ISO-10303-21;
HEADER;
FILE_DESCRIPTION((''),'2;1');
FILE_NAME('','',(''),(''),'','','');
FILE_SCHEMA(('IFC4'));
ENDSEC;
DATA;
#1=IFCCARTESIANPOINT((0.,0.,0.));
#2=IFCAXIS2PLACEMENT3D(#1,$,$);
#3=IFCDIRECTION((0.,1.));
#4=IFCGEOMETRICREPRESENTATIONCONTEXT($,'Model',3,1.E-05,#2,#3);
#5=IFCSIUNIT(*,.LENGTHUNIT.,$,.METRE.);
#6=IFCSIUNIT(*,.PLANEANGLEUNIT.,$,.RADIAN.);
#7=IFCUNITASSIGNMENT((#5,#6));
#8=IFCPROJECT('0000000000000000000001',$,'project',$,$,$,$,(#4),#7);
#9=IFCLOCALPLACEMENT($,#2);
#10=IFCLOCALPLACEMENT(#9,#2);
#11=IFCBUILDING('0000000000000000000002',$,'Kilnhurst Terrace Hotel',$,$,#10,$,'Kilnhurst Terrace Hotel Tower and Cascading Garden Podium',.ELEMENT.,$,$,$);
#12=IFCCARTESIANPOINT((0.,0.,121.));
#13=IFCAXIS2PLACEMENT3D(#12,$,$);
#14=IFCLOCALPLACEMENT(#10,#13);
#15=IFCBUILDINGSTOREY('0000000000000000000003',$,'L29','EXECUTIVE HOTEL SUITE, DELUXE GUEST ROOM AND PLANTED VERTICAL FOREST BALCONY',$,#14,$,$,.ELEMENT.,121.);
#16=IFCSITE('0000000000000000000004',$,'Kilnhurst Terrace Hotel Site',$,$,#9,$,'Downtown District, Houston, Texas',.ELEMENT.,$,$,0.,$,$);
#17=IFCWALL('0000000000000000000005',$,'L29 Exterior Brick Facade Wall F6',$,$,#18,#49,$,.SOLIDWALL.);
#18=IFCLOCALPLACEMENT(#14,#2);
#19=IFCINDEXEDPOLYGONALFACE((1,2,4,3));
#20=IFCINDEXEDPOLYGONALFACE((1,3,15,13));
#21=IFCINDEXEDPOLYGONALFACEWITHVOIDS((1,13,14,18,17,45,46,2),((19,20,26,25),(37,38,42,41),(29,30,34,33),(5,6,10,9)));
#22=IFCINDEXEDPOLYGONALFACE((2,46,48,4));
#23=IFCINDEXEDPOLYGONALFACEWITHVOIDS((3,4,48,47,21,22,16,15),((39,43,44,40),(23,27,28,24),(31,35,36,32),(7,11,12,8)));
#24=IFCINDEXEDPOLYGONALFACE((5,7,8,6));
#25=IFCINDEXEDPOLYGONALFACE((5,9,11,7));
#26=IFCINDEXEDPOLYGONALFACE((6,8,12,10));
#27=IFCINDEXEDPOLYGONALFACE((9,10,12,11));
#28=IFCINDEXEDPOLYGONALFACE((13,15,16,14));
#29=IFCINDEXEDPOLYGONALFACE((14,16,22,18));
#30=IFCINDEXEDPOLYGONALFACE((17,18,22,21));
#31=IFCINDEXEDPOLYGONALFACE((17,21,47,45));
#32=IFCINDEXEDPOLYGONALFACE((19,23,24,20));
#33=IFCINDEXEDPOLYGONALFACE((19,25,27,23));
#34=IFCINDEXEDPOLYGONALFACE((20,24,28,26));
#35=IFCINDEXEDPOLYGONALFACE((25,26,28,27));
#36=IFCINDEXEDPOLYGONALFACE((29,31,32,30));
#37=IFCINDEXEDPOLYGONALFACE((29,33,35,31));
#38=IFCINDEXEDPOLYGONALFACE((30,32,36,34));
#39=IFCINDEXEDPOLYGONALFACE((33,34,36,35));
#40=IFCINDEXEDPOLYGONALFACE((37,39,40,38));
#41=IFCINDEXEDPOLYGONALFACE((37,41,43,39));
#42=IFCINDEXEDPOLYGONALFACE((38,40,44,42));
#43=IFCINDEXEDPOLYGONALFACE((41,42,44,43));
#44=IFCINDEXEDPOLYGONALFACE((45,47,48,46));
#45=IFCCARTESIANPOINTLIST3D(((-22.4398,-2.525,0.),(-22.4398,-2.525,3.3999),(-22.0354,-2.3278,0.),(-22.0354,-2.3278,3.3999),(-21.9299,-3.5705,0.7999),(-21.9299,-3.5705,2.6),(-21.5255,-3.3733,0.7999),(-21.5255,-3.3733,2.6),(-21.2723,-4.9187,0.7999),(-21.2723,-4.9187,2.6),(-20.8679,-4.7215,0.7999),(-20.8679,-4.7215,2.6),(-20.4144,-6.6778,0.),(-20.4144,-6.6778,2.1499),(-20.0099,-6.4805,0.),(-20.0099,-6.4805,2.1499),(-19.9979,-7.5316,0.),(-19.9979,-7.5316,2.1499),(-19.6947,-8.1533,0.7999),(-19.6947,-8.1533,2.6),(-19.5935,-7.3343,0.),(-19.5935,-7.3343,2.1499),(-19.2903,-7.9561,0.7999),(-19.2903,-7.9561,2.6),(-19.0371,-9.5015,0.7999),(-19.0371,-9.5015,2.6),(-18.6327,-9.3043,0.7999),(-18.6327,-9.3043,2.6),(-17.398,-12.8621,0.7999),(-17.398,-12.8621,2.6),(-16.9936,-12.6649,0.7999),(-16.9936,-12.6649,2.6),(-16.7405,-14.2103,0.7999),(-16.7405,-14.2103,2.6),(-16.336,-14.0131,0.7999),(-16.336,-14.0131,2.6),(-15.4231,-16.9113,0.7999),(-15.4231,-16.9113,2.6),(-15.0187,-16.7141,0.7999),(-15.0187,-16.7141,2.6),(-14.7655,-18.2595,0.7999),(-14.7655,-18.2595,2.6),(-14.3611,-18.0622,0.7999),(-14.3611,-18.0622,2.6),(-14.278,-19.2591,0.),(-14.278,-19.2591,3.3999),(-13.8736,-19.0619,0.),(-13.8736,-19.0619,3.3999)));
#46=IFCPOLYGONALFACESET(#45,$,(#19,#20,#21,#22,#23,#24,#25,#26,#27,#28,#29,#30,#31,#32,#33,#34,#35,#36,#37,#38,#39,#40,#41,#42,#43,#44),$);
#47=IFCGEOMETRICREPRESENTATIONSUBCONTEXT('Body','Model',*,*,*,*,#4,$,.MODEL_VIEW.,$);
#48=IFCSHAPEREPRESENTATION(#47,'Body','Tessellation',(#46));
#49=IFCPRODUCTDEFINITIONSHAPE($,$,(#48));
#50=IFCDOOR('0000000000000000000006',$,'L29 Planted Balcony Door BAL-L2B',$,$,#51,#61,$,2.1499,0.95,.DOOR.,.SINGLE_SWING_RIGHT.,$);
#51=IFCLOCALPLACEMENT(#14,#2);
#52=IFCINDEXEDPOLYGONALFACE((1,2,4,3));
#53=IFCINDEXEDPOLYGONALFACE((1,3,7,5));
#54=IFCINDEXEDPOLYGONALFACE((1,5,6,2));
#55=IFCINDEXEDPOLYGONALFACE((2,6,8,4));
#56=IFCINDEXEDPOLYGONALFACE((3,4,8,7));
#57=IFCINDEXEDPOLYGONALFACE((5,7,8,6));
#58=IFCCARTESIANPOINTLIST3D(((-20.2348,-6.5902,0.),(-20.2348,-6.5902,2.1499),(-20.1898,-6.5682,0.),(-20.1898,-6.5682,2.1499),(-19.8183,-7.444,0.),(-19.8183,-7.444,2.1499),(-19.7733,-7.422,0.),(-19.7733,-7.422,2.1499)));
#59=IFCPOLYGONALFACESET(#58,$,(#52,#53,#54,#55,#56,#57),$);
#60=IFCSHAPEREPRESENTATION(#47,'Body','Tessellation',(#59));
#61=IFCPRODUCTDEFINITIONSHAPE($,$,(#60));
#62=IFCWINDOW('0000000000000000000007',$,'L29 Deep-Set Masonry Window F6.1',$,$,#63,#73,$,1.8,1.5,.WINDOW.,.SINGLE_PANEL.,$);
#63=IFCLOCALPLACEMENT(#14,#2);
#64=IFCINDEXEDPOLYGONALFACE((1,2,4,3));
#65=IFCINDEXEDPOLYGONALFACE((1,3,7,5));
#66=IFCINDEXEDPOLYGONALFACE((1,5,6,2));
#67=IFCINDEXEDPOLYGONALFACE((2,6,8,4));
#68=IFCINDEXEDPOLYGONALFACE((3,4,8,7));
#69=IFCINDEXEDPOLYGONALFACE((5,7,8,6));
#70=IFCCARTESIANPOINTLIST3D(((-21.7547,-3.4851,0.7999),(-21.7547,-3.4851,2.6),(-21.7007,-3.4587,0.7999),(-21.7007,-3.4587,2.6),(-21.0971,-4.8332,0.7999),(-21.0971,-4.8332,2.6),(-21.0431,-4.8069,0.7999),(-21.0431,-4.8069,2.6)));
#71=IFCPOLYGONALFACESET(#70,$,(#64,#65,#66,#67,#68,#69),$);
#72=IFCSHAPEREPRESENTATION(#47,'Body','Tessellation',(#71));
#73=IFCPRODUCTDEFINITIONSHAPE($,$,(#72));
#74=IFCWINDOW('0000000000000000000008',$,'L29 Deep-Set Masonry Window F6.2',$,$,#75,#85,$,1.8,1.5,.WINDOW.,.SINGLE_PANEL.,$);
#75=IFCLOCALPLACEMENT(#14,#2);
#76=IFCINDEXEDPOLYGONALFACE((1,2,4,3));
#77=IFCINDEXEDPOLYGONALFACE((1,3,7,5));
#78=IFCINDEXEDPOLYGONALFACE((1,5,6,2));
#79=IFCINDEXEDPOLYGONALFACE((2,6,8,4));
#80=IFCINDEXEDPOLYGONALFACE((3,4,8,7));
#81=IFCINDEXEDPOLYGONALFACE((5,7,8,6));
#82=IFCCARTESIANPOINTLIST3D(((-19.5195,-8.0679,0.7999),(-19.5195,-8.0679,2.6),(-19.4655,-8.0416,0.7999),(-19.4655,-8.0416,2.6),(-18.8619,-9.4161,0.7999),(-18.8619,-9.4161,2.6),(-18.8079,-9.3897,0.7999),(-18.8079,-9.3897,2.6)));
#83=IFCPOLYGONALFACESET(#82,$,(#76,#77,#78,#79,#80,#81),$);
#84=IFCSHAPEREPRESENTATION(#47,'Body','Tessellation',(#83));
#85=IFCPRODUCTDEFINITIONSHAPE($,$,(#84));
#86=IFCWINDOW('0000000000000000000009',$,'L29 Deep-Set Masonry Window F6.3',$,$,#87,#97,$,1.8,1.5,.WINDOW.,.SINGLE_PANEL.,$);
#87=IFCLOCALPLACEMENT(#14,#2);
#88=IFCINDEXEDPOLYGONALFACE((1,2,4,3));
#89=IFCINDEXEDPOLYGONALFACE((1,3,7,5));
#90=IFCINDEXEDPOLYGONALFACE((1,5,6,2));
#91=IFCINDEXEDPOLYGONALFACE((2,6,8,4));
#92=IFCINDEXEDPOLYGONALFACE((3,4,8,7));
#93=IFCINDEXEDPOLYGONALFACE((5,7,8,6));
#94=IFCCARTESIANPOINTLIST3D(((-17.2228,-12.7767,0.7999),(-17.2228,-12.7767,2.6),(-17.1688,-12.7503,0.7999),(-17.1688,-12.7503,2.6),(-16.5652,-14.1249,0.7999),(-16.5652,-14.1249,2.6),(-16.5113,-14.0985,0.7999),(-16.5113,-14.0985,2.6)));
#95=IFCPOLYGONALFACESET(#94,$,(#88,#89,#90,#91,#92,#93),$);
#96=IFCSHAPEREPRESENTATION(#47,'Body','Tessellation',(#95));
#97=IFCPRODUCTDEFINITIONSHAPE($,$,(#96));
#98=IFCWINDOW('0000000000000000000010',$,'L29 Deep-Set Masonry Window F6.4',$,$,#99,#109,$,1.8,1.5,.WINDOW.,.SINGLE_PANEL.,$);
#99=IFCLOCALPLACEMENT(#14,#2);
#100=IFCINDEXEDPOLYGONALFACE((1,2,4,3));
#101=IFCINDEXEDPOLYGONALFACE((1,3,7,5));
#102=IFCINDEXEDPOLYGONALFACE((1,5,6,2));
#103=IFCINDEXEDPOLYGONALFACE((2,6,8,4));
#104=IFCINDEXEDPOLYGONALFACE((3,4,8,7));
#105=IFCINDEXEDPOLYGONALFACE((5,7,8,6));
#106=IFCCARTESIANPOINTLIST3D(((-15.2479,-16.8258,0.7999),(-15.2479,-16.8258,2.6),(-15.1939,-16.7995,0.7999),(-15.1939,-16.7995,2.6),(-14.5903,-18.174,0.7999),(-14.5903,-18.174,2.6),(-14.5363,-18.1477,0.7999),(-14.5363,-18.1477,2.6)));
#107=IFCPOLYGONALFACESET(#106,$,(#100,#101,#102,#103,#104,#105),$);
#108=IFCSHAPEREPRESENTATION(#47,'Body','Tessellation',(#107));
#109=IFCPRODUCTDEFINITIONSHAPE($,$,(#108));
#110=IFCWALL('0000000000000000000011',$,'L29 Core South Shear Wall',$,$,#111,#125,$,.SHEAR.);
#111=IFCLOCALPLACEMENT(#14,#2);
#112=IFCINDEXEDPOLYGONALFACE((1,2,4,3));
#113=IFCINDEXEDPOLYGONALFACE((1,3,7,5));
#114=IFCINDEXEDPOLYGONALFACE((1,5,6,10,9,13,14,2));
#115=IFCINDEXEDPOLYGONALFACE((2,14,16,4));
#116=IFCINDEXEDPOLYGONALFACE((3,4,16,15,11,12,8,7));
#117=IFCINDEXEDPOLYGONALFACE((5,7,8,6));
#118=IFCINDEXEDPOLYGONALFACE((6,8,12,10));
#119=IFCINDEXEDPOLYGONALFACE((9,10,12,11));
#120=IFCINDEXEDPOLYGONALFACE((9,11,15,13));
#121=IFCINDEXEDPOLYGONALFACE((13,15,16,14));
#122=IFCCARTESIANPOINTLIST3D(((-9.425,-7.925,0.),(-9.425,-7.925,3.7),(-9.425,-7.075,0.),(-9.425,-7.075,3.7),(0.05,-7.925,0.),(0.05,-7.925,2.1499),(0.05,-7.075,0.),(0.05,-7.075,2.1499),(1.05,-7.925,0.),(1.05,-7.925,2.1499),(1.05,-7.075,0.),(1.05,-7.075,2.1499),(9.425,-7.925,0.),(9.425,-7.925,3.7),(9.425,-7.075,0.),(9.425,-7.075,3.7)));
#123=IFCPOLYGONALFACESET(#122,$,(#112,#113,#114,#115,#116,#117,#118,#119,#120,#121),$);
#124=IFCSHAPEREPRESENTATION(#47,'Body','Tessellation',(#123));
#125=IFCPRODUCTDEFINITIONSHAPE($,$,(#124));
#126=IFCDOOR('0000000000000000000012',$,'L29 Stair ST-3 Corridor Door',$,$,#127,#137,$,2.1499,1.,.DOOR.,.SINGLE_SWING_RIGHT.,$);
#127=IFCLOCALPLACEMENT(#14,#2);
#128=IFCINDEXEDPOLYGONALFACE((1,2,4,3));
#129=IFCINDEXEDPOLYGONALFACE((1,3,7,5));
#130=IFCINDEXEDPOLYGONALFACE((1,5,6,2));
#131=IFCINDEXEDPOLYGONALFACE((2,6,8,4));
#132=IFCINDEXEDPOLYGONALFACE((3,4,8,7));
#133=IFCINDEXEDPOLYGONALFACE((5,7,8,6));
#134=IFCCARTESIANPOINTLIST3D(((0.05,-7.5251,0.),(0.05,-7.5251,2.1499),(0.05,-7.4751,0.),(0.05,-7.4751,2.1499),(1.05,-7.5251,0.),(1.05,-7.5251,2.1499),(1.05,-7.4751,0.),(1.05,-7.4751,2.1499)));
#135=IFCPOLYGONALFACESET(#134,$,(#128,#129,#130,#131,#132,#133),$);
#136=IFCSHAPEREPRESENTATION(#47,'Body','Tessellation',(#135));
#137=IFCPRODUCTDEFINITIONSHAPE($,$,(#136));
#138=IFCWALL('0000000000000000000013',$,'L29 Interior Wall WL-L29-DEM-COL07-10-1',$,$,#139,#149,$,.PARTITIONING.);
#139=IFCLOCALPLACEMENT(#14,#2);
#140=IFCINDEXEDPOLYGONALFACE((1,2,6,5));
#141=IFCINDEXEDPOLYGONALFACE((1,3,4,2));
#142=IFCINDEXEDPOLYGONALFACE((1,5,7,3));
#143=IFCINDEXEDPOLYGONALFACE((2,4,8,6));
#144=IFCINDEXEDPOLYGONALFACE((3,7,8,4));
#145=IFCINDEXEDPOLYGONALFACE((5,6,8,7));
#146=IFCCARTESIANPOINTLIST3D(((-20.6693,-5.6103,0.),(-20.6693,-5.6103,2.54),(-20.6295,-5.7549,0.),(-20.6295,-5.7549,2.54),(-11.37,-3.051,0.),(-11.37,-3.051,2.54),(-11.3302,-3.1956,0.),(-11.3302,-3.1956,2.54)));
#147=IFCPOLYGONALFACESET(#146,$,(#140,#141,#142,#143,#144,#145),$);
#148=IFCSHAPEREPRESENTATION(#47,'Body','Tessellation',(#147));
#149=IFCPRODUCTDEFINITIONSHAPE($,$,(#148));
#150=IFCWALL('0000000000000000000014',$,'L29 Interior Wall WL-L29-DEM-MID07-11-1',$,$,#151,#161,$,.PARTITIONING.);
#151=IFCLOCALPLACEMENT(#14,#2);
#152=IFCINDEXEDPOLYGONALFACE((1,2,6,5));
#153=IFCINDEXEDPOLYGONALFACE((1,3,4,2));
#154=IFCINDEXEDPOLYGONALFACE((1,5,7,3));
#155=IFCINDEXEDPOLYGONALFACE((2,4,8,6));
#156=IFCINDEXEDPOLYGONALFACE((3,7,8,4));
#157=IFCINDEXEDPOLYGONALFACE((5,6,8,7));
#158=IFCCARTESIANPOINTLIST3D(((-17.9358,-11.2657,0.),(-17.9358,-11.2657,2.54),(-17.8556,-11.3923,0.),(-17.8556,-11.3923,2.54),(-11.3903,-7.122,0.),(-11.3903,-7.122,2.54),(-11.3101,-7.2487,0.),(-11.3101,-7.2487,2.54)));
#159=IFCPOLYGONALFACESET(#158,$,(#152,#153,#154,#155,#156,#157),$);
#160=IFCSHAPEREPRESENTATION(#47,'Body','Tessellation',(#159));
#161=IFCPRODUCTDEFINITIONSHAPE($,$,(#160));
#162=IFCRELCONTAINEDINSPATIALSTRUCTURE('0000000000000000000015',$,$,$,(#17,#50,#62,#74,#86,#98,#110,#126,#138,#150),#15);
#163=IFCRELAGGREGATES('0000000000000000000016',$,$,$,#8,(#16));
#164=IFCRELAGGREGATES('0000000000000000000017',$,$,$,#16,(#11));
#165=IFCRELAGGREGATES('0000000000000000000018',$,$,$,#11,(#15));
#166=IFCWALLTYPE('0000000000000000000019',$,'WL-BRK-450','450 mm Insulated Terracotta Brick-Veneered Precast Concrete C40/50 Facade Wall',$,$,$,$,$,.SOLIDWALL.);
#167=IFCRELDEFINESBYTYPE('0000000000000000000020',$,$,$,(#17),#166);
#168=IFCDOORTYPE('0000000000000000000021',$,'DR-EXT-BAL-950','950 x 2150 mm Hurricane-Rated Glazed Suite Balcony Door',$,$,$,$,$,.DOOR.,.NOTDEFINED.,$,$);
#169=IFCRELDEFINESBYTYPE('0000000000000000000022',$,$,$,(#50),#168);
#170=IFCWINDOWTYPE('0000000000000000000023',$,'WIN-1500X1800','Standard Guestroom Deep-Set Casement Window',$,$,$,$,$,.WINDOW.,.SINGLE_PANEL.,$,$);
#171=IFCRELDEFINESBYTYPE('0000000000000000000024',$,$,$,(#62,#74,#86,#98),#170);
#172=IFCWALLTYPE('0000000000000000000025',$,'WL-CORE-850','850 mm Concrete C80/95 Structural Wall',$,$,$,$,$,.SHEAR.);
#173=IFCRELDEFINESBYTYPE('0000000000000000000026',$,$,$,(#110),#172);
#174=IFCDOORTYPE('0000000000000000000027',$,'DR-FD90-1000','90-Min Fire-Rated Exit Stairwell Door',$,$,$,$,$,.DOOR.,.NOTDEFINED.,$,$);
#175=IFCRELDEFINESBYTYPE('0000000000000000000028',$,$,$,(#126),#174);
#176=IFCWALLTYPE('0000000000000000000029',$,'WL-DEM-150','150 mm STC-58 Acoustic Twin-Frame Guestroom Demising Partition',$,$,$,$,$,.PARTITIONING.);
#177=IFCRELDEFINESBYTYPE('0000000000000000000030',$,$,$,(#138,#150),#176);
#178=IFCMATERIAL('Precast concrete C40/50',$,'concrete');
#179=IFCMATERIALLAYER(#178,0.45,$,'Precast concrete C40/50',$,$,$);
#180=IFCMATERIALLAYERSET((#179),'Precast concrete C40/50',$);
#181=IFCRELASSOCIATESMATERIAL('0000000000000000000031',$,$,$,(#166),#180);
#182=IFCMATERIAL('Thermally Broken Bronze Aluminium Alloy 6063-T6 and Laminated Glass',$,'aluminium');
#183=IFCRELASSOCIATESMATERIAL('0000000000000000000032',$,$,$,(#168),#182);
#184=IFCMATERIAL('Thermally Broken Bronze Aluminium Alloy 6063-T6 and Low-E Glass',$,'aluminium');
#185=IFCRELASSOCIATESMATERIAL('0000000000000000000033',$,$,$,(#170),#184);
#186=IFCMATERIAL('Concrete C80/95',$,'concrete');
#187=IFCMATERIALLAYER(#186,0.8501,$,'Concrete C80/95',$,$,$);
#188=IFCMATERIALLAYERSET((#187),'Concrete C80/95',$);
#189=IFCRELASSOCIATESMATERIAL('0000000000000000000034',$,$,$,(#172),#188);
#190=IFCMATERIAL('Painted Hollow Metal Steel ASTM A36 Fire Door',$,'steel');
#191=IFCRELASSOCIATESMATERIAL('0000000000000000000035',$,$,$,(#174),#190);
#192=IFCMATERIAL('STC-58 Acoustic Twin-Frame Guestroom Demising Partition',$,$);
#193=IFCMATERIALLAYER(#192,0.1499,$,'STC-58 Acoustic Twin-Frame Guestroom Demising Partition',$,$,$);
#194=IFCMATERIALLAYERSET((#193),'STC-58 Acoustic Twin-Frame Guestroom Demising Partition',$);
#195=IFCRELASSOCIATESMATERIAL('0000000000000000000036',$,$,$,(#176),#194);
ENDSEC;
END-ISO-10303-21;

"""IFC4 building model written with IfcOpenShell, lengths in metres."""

from ifc_helpers import new_model, si_unit, direction, frame, frame_2d, origin, place, context, subcontext, project, spatial, rectangle, extrude, material, layer, layer_set, type_object, element, fill, save


model = new_model("IFC4")

# Units and contexts
model_context = context("Model", 3, precision=1e-05, world=origin(), true_north=direction((0.0, 1.0)))
body_context = subcontext(model_context, "Body", "Model", "MODEL_VIEW")
ifc_project = project(units=[si_unit("LENGTHUNIT", "METRE"), si_unit("PLANEANGLEUNIT", "RADIAN")], contexts=[model_context])

# Site, building, storey
site_placement = place(None, origin())
site = spatial("IfcSite", under=ifc_project, at=site_placement, Name="Kilnhurst Terrace Hotel Site", LongName="Downtown District, Houston, Texas", CompositionType="ELEMENT", RefElevation=0.0)
building_placement = place(site_placement, origin())
building = spatial("IfcBuilding", under=site, at=building_placement, Name="Kilnhurst Terrace Hotel", LongName="Kilnhurst Terrace Hotel Tower and Cascading Garden Podium", CompositionType="ELEMENT")
storey_placement = place(building_placement, frame((0.0, 0.0, 121.0)))
storey = spatial("IfcBuildingStorey", under=building, at=storey_placement, Name="L29", Description="EXECUTIVE HOTEL SUITE, DELUXE GUEST ROOM AND PLANTED VERTICAL FOREST BALCONY", CompositionType="ELEMENT", Elevation=121.0)

# Shared definitions
ifc_material_1 = material(Name="Concrete C80/95", Category="concrete")

# Wall, openings, door, windows
ifc_material_2 = material(Name="Precast concrete C40/50", Category="concrete")
ifc_layer_1 = layer(ifc_material_2, 0.45, Name="Precast concrete C40/50")
ifc_layer_set_1 = layer_set([ifc_layer_1], Name="Precast concrete C40/50")
wall_type_1 = type_object("IfcWallType", Name="WL-BRK-450", Description="450 mm Insulated Terracotta Brick-Veneered Precast Concrete C40/50 Facade Wall", PredefinedType="SOLIDWALL", material=ifc_layer_set_1)
wall_1_placement = place(storey_placement, frame((-22.2375, -2.4265, 0.0), z_axis=(0.0, 0.0, 1.0), x_axis=(0.438375, -0.898792, 0.0)))
wall_1 = element("IfcWall", 1, at=wall_1_placement, inside=storey, type_object=wall_type_1, Name="L29 Exterior Brick Facade Wall F6", PredefinedType="SOLIDWALL", context=body_context, shape_type="SweptSolid", body=[
    extrude(rectangle(XDim=18.6184, YDim=0.45, at=frame_2d((9.3091, 0.0))), origin(), (0.0, 0.0, 1.0), 3.3999),
])
opening_1_placement = place(wall_1_placement, frame((4.6201, 0.0, 0.0)))
opening_1 = element("IfcOpeningElement", 2, at=opening_1_placement, cuts=wall_1, PredefinedType="OPENING", context=body_context, shape_type="SweptSolid", body=[
    extrude(rectangle(XDim=0.95, YDim=2.1499, at=frame_2d((0.4751, 1.075))), frame((0.0, 0.2349, 0.0), z_axis=(0.0, -1.0, 0.0), x_axis=(1.0, 0.0, 0.0)), (0.0, 0.0, 1.0), 0.47),
])
opening_2_placement = place(wall_1_placement, frame((1.1631, 0.0, 0.8)))
opening_2 = element("IfcOpeningElement", 3, at=opening_2_placement, cuts=wall_1, PredefinedType="OPENING", context=body_context, shape_type="SweptSolid", body=[
    extrude(rectangle(XDim=1.5, YDim=1.8, at=frame_2d((0.75, 0.8999))), frame((0.0, 0.2349, 0.0), z_axis=(0.0, -1.0, 0.0), x_axis=(1.0, 0.0, 0.0)), (0.0, 0.0, 1.0), 0.47),
])
opening_3_placement = place(wall_1_placement, frame((6.262, 0.0, 0.8)))
opening_3 = element("IfcOpeningElement", 4, at=opening_3_placement, cuts=wall_1, PredefinedType="OPENING", context=body_context, shape_type="SweptSolid", body=[
    extrude(rectangle(XDim=1.5, YDim=1.8, at=frame_2d((0.75, 0.8999))), frame((0.0, 0.2349, 0.0), z_axis=(0.0, -1.0, 0.0), x_axis=(1.0, 0.0, 0.0)), (0.0, 0.0, 1.0), 0.47),
])
opening_4_placement = place(wall_1_placement, frame((11.501, 0.0, 0.8)))
opening_4 = element("IfcOpeningElement", 5, at=opening_4_placement, cuts=wall_1, PredefinedType="OPENING", context=body_context, shape_type="SweptSolid", body=[
    extrude(rectangle(XDim=1.5, YDim=1.8, at=frame_2d((0.75, 0.8999))), frame((0.0, 0.2349, 0.0), z_axis=(0.0, -1.0, 0.0), x_axis=(1.0, 0.0, 0.0)), (0.0, 0.0, 1.0), 0.47),
])
opening_5_placement = place(wall_1_placement, frame((16.0061, 0.0, 0.8)))
opening_5 = element("IfcOpeningElement", 6, at=opening_5_placement, cuts=wall_1, PredefinedType="OPENING", context=body_context, shape_type="SweptSolid", body=[
    extrude(rectangle(XDim=1.5, YDim=1.8, at=frame_2d((0.75, 0.8999))), frame((0.0, 0.2349, 0.0), z_axis=(0.0, -1.0, 0.0), x_axis=(1.0, 0.0, 0.0)), (0.0, 0.0, 1.0), 0.47),
])
ifc_material_3 = material(Name="Thermally Broken Bronze Aluminium Alloy 6063-T6 and Laminated Glass", Category="aluminium")
door_type_1 = type_object("IfcDoorType", Name="DR-EXT-BAL-950", Description="950 x 2150 mm Hurricane-Rated Glazed Suite Balcony Door", OperationType="NOTDEFINED", PredefinedType="DOOR", material=ifc_material_3)
door_1_placement = place(opening_1_placement, origin())
door_1 = element("IfcDoor", 7, at=door_1_placement, inside=storey, type_object=door_type_1, Name="L29 Planted Balcony Door BAL-L2B", OperationType="SINGLE_SWING_RIGHT", OverallHeight=2.1499, OverallWidth=0.95, PredefinedType="DOOR", context=body_context, shape_type="SweptSolid", body=[
    extrude(rectangle(XDim=0.95, YDim=2.1499, at=frame_2d((0.4751, 1.075))), frame((0.0, 0.0249, 0.0), z_axis=(0.0, -1.0, 0.0), x_axis=(1.0, 0.0, 0.0)), (0.0, 0.0, 1.0), 0.05),
])
fill(opening_1, door_1)
ifc_material_4 = material(Name="Thermally Broken Bronze Aluminium Alloy 6063-T6 and Low-E Glass", Category="aluminium")
window_type = type_object("IfcWindowType", Name="WIN-1500X1800", Description="Standard Guestroom Deep-Set Casement Window", PartitioningType="SINGLE_PANEL", PredefinedType="WINDOW", material=ifc_material_4)
window_1_placement = place(opening_2_placement, origin())
window_1 = element("IfcWindow", 8, at=window_1_placement, inside=storey, type_object=window_type, Name="L29 Deep-Set Masonry Window F6.1", OverallHeight=1.8, OverallWidth=1.5, PartitioningType="SINGLE_PANEL", PredefinedType="WINDOW", context=body_context, shape_type="SweptSolid", body=[
    extrude(rectangle(XDim=1.5, YDim=1.8, at=frame_2d((0.75, 0.8999))), frame((0.0, 0.03, 0.0), z_axis=(0.0, -1.0, 0.0), x_axis=(1.0, 0.0, 0.0)), (0.0, 0.0, 1.0), 0.0601),
])
fill(opening_2, window_1)
window_2_placement = place(opening_3_placement, origin())
window_2 = element("IfcWindow", 9, at=window_2_placement, inside=storey, type_object=window_type, Name="L29 Deep-Set Masonry Window F6.2", OverallHeight=1.8, OverallWidth=1.5, PartitioningType="SINGLE_PANEL", PredefinedType="WINDOW", context=body_context, shape_type="SweptSolid", body=[
    extrude(rectangle(XDim=1.5, YDim=1.8, at=frame_2d((0.75, 0.8999))), frame((0.0, 0.03, 0.0), z_axis=(0.0, -1.0, 0.0), x_axis=(1.0, 0.0, 0.0)), (0.0, 0.0, 1.0), 0.0601),
])
fill(opening_3, window_2)
window_3_placement = place(opening_4_placement, origin())
window_3 = element("IfcWindow", 10, at=window_3_placement, inside=storey, type_object=window_type, Name="L29 Deep-Set Masonry Window F6.3", OverallHeight=1.8, OverallWidth=1.5, PartitioningType="SINGLE_PANEL", PredefinedType="WINDOW", context=body_context, shape_type="SweptSolid", body=[
    extrude(rectangle(XDim=1.5, YDim=1.8, at=frame_2d((0.75, 0.8999))), frame((0.0, 0.03, 0.0), z_axis=(0.0, -1.0, 0.0), x_axis=(1.0, 0.0, 0.0)), (0.0, 0.0, 1.0), 0.0601),
])
fill(opening_4, window_3)
window_4_placement = place(opening_5_placement, origin())
window_4 = element("IfcWindow", 11, at=window_4_placement, inside=storey, type_object=window_type, Name="L29 Deep-Set Masonry Window F6.4", OverallHeight=1.8, OverallWidth=1.5, PartitioningType="SINGLE_PANEL", PredefinedType="WINDOW", context=body_context, shape_type="SweptSolid", body=[
    extrude(rectangle(XDim=1.5, YDim=1.8, at=frame_2d((0.75, 0.8999))), frame((0.0, 0.03, 0.0), z_axis=(0.0, -1.0, 0.0), x_axis=(1.0, 0.0, 0.0)), (0.0, 0.0, 1.0), 0.0601),
])
fill(opening_5, window_4)

# Wall, opening, door
ifc_layer_2 = layer(ifc_material_1, 0.8501, Name="Concrete C80/95")
ifc_layer_set_2 = layer_set([ifc_layer_2], Name="Concrete C80/95")
wall_type_2 = type_object("IfcWallType", Name="WL-CORE-850", Description="850 mm Concrete C80/95 Structural Wall", PredefinedType="SHEAR", material=ifc_layer_set_2)
wall_2_placement = place(storey_placement, frame((-9.425, -7.5, 0.0), z_axis=(0.0, 0.0, 1.0), x_axis=(1.0, 0.0, 0.0)))
wall_2 = element("IfcWall", 12, at=wall_2_placement, inside=storey, type_object=wall_type_2, Name="L29 Core South Shear Wall", PredefinedType="SHEAR", context=body_context, shape_type="SweptSolid", body=[
    extrude(rectangle(XDim=18.8501, YDim=0.8501, at=frame_2d((9.425, 0.0))), origin(), (0.0, 0.0, 1.0), 3.7),
])
opening_6_placement = place(wall_2_placement, frame((9.4751, 0.0, 0.0)))
opening_6 = element("IfcOpeningElement", 13, at=opening_6_placement, cuts=wall_2, PredefinedType="OPENING", context=body_context, shape_type="SweptSolid", body=[
    extrude(rectangle(XDim=1.0, YDim=2.1499, at=frame_2d((0.5, 1.075))), frame((0.0, 0.4351, 0.0), z_axis=(0.0, -1.0, 0.0), x_axis=(1.0, 0.0, 0.0)), (0.0, 0.0, 1.0), 0.8701),
])
ifc_material_5 = material(Name="Painted Hollow Metal Steel ASTM A36 Fire Door", Category="steel")
door_type_2 = type_object("IfcDoorType", Name="DR-FD90-1000", Description="90-Min Fire-Rated Exit Stairwell Door", OperationType="NOTDEFINED", PredefinedType="DOOR", material=ifc_material_5)
door_2_placement = place(opening_6_placement, origin())
door_2 = element("IfcDoor", 14, at=door_2_placement, inside=storey, type_object=door_type_2, Name="L29 Stair ST-3 Corridor Door", OperationType="SINGLE_SWING_RIGHT", OverallHeight=2.1499, OverallWidth=1.0, PredefinedType="DOOR", context=body_context, shape_type="SweptSolid", body=[
    extrude(rectangle(XDim=1.0, YDim=2.1499, at=frame_2d((0.5, 1.075))), frame((0.0, 0.0249, 0.0), z_axis=(0.0, -1.0, 0.0), x_axis=(1.0, 0.0, 0.0)), (0.0, 0.0, 1.0), 0.05),
])
fill(opening_6, door_2)

# Walls
ifc_material_6 = material(Name="STC-58 Acoustic Twin-Frame Guestroom Demising Partition")
ifc_layer_3 = layer(ifc_material_6, 0.1499, Name="STC-58 Acoustic Twin-Frame Guestroom Demising Partition")
ifc_layer_set_3 = layer_set([ifc_layer_3], Name="STC-58 Acoustic Twin-Frame Guestroom Demising Partition")
wall_type_3 = type_object("IfcWallType", Name="WL-DEM-150", Description="150 mm STC-58 Acoustic Twin-Frame Guestroom Demising Partition", PredefinedType="PARTITIONING", material=ifc_layer_set_3)
wall_3_placement = place(storey_placement, frame((-11.3501, -3.1233, 0.0), z_axis=(0.0, 0.0, 1.0), x_axis=(-0.964152, -0.265351, 0.0)))
element("IfcWall", 15, at=wall_3_placement, inside=storey, type_object=wall_type_3, Name="L29 Interior Wall WL-L29-DEM-COL07-10-1", PredefinedType="PARTITIONING", context=body_context, shape_type="SweptSolid", body=[
    extrude(rectangle(XDim=9.645, YDim=0.1499, at=frame_2d((4.8225, 0.0))), origin(), (0.0, 0.0, 1.0), 2.54),
])
wall_4_placement = place(storey_placement, frame((-11.3501, -7.1853, 0.0), z_axis=(0.0, 0.0, 1.0), x_axis=(-0.844928, -0.53488, 0.0)))
element("IfcWall", 16, at=wall_4_placement, inside=storey, type_object=wall_type_3, Name="L29 Interior Wall WL-L29-DEM-MID07-11-1", PredefinedType="PARTITIONING", context=body_context, shape_type="SweptSolid", body=[
    extrude(rectangle(XDim=7.7468, YDim=0.1499, at=frame_2d((3.8735, 0.0))), origin(), (0.0, 0.0, 1.0), 2.54),
])

save(model, "model.ifc")
